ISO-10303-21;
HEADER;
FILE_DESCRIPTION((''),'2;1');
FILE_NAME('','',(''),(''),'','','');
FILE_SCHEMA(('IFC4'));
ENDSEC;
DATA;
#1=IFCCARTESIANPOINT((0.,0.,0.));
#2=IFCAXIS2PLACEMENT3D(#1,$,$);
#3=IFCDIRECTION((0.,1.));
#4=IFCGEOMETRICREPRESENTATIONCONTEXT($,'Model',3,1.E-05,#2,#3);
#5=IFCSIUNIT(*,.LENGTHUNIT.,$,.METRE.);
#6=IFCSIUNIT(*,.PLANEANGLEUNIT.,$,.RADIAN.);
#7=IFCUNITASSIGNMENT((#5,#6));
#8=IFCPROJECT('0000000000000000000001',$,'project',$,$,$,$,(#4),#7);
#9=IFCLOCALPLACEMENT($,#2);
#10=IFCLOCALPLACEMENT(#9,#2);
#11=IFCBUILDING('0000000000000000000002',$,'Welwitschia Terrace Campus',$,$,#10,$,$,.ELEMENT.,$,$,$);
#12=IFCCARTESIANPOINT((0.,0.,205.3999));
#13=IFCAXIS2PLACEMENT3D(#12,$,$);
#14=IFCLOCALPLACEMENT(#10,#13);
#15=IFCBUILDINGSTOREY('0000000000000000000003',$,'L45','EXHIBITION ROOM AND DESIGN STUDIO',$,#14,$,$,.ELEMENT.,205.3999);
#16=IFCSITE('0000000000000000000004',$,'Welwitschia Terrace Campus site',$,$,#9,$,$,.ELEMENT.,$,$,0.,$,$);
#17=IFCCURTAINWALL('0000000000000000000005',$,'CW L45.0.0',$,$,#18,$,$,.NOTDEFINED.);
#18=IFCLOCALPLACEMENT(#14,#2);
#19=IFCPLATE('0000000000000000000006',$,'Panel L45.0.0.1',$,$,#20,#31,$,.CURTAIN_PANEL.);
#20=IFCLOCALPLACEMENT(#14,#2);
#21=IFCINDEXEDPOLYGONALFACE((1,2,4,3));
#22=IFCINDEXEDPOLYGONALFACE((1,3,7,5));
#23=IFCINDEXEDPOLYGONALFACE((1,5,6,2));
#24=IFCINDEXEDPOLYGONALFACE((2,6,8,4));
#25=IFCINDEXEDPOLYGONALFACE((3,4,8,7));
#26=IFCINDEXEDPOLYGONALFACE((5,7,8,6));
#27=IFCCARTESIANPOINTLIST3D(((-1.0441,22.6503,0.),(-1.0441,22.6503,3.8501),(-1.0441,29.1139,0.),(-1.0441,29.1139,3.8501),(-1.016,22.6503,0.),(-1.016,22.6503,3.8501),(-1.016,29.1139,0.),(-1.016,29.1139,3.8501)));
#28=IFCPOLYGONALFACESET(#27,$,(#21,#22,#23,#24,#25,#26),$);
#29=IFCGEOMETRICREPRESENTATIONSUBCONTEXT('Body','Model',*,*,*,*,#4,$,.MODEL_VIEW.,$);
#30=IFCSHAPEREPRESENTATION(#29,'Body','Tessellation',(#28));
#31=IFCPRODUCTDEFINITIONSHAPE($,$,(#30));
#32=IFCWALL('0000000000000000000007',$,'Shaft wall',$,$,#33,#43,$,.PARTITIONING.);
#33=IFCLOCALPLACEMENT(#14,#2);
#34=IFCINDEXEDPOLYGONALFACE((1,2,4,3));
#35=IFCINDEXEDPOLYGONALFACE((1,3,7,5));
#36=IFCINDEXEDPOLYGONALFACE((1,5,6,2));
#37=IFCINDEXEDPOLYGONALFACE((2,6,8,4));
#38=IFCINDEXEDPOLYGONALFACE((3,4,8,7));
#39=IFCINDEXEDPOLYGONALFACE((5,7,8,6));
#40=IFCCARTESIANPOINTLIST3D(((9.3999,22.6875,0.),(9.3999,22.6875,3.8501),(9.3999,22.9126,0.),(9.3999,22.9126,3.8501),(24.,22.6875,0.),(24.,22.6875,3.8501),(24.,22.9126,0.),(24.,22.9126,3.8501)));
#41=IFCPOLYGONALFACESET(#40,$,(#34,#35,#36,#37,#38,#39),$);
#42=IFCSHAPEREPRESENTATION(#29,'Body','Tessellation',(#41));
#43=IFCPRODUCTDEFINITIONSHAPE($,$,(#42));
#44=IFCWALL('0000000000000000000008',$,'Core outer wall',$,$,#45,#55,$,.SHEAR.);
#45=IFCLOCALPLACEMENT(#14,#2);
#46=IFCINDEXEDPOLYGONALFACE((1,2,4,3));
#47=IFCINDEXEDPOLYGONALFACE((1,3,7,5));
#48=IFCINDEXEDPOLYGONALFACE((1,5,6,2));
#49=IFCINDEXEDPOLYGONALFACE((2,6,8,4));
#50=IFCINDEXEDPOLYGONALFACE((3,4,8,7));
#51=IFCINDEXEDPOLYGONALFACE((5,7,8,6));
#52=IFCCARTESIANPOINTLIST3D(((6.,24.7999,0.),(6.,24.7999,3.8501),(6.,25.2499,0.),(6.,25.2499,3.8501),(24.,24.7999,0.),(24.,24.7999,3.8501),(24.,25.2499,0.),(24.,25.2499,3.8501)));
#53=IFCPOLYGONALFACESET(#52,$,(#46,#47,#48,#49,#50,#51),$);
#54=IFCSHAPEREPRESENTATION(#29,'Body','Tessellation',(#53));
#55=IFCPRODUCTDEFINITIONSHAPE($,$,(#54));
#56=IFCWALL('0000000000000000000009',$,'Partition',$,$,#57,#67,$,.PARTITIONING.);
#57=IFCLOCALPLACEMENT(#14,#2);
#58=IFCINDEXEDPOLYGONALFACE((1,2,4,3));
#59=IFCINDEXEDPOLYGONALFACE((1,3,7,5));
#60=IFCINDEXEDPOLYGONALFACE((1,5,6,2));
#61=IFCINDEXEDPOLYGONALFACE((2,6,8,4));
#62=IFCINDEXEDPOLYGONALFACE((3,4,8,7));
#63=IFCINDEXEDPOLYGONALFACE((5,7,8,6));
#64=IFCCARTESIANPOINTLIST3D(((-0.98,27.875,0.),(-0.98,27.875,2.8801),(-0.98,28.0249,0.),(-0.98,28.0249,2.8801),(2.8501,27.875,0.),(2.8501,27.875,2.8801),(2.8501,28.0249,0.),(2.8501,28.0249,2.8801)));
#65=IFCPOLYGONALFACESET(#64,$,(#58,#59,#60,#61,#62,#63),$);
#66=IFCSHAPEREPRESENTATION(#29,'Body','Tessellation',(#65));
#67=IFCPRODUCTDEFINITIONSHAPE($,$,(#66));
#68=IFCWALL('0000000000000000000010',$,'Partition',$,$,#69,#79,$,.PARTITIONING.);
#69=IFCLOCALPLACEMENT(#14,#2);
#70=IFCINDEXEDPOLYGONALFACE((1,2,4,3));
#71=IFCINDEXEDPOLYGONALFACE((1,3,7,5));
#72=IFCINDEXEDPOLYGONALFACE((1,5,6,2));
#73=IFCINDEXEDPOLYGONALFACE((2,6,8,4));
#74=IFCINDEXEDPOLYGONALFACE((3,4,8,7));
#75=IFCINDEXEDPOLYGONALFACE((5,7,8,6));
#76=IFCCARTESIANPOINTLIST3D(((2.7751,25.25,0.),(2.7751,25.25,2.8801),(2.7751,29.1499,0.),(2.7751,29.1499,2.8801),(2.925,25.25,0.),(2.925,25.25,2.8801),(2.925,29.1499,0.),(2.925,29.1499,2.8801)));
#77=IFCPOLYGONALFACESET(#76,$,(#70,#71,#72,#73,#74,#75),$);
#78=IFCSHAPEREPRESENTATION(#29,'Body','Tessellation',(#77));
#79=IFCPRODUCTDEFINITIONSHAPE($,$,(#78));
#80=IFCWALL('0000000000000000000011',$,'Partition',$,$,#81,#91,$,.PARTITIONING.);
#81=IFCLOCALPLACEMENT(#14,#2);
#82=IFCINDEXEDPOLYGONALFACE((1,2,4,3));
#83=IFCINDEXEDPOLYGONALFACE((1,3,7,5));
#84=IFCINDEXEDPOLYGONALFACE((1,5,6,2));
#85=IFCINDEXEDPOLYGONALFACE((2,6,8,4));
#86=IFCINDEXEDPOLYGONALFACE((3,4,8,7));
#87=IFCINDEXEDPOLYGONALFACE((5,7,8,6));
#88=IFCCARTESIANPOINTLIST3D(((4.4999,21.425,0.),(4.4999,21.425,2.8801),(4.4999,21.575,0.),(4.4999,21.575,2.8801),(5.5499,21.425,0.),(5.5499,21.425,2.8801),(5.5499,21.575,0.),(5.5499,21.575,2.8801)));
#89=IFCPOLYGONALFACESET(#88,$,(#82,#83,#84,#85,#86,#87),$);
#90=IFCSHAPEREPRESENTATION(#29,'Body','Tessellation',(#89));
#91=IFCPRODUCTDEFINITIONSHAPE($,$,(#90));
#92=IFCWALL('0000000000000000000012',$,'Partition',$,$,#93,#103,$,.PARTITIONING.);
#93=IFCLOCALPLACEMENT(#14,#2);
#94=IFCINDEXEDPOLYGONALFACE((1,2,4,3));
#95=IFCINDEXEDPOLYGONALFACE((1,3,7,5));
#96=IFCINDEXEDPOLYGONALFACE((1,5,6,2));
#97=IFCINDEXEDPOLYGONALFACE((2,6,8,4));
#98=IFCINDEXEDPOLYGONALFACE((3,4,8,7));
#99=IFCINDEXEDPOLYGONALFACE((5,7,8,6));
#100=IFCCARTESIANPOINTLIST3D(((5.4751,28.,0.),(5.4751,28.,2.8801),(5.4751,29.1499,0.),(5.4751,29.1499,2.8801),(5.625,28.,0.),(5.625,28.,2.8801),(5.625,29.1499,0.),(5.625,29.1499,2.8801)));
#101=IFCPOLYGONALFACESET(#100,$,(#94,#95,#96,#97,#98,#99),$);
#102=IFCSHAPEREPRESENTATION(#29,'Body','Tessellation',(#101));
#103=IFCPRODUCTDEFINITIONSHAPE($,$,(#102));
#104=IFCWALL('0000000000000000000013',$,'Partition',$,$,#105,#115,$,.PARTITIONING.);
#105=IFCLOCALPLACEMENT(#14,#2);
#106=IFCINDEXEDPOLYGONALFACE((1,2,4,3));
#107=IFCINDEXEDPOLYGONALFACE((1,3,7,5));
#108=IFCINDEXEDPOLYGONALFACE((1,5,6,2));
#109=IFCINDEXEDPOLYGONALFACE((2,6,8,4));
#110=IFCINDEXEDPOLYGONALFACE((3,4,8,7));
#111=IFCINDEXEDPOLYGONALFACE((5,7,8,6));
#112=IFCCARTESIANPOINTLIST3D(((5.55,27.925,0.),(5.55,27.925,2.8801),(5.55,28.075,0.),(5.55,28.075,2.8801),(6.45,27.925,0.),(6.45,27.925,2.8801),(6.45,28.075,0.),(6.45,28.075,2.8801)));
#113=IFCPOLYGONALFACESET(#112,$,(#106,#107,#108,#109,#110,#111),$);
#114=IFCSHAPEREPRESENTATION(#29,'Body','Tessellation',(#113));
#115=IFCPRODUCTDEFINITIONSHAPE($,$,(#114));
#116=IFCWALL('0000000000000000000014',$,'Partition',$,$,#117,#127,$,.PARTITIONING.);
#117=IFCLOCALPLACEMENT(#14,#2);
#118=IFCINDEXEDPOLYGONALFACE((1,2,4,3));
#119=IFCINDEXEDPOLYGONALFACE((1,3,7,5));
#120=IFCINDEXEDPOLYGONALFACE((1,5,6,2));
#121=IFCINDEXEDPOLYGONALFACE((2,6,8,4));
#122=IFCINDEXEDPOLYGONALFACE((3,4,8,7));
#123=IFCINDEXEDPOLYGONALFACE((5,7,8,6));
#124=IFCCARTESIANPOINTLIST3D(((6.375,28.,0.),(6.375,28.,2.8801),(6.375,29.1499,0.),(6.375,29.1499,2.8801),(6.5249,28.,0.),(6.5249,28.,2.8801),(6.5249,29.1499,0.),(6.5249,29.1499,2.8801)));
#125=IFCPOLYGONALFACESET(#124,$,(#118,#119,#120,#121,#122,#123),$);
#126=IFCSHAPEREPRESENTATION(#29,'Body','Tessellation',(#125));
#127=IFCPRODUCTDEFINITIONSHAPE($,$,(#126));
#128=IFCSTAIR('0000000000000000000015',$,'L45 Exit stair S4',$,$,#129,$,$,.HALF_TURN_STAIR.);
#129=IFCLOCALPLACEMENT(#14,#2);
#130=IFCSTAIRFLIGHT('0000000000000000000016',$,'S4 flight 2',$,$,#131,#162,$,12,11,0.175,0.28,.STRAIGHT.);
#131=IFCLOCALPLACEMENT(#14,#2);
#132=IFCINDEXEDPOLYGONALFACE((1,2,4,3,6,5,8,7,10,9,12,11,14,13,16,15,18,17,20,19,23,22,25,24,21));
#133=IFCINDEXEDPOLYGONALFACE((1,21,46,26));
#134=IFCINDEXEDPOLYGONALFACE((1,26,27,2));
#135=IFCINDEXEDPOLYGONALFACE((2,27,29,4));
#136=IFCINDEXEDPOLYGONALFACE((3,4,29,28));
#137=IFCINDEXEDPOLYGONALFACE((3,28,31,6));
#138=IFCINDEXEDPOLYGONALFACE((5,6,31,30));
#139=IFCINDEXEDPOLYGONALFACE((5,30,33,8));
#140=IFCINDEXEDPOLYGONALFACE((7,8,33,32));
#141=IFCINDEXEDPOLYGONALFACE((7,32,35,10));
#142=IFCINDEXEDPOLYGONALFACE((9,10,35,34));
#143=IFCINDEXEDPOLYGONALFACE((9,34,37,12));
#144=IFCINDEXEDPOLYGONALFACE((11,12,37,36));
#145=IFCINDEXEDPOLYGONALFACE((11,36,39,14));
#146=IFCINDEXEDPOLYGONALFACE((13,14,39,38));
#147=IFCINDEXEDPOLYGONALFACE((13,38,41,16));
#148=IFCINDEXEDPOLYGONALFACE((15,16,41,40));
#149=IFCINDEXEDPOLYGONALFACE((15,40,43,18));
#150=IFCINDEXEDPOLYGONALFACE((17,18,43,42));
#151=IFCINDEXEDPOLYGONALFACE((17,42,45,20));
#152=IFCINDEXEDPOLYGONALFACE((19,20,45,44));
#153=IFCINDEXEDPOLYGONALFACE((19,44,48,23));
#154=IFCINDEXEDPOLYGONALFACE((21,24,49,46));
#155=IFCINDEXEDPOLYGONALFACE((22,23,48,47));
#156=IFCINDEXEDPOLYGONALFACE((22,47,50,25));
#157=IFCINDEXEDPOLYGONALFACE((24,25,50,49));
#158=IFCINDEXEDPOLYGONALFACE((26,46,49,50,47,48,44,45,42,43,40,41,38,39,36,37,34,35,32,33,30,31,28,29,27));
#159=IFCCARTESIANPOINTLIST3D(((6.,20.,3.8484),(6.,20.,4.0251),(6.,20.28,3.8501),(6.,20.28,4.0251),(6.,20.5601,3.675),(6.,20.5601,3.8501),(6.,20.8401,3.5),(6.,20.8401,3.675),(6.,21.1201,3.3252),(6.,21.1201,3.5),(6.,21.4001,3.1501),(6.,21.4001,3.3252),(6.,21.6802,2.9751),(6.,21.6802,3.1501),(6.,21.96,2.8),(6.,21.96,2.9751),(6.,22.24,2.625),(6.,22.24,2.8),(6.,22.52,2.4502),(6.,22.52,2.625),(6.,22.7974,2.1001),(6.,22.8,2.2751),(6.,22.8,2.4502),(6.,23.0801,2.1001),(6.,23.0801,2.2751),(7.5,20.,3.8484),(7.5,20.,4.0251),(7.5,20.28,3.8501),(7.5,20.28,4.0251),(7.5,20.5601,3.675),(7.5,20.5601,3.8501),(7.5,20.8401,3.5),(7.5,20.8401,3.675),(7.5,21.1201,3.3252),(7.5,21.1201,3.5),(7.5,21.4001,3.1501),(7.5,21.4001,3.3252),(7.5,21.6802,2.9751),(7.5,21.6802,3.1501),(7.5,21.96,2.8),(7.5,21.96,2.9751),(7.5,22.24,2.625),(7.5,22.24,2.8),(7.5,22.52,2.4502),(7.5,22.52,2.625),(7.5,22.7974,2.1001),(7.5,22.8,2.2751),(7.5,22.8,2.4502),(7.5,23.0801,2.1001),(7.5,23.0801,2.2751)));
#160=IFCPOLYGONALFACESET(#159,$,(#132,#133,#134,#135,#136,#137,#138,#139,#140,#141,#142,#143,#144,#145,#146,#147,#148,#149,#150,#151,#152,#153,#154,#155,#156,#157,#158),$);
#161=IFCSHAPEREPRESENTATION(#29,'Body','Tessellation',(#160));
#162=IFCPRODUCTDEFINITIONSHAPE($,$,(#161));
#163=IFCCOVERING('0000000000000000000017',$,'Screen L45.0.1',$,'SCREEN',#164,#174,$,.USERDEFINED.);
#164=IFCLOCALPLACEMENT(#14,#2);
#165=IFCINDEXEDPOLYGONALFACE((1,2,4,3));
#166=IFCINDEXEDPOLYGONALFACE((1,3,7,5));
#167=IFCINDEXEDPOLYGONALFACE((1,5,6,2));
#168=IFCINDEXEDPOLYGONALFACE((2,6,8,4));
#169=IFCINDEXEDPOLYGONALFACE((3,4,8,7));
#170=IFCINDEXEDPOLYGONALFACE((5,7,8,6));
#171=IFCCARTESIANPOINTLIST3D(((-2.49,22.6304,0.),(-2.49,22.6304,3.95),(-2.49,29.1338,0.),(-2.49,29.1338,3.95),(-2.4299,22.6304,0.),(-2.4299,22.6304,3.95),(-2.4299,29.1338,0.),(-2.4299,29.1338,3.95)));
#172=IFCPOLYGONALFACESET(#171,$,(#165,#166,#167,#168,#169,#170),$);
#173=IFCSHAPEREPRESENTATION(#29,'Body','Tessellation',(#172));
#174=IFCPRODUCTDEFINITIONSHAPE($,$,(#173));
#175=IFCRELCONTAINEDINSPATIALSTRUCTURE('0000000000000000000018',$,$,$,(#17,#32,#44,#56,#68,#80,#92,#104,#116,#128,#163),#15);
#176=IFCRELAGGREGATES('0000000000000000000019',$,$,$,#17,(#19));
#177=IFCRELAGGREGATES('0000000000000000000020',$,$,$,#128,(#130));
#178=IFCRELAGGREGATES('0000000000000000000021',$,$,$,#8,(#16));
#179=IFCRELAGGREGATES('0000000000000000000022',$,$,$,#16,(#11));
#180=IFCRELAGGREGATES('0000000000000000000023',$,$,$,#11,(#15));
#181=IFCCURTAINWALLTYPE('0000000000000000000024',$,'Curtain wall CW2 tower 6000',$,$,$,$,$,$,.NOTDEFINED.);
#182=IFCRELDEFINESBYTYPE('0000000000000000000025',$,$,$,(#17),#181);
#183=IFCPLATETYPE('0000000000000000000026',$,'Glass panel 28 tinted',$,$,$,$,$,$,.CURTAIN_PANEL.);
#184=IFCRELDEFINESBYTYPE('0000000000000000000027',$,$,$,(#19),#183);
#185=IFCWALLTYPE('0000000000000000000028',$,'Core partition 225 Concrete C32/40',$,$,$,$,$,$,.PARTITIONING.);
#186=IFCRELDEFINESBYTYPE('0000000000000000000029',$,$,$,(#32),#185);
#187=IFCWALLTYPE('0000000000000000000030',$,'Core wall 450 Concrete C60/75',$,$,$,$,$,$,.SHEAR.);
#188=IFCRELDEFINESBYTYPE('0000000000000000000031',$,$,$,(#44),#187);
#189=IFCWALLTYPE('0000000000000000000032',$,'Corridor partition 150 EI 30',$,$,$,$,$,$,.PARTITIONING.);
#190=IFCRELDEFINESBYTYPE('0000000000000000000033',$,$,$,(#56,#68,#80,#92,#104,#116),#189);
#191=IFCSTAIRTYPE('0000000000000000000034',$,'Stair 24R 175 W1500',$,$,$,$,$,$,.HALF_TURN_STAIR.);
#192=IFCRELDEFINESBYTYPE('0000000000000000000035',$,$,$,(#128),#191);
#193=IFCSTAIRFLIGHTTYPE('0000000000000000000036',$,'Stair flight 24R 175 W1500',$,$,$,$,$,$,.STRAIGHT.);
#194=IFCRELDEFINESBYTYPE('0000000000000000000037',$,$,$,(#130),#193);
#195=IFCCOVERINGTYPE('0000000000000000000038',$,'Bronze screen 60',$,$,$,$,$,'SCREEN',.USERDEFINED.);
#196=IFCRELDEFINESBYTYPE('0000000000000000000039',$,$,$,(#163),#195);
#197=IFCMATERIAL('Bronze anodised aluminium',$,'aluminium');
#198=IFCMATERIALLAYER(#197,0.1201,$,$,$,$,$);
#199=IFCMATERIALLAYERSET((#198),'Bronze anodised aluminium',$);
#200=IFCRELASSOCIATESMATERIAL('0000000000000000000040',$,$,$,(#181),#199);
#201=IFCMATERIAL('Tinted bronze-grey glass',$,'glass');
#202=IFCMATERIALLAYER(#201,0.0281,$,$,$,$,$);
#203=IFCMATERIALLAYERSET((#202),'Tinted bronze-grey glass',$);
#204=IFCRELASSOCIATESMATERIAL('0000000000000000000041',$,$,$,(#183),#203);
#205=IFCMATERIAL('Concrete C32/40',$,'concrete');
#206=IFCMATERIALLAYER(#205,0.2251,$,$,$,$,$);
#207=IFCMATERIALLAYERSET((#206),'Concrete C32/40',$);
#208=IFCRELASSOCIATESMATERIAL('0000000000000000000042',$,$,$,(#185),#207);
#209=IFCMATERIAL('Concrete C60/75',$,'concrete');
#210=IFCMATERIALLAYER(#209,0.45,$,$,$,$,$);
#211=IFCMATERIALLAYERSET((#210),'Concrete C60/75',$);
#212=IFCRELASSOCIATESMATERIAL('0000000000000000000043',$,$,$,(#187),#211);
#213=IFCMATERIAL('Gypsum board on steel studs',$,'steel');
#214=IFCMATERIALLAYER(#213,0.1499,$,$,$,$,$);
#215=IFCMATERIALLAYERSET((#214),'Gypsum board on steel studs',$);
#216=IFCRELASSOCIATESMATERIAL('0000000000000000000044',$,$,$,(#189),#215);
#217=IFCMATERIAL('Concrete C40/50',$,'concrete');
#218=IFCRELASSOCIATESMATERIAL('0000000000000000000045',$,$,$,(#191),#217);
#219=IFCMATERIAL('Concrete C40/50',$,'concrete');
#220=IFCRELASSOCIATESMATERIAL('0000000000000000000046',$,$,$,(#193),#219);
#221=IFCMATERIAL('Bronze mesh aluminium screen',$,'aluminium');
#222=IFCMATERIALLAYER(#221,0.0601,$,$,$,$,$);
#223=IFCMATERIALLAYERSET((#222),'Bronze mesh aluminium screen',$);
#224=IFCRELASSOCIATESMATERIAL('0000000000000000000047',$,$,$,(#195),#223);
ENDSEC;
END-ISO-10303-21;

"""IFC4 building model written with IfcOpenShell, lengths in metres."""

from ifc_helpers import new_model, si_unit, direction, frame, frame_2d, origin, origin_2d, place, context, subcontext, project, spatial, polyline, rectangle, outline, extrude, material, layer, layer_set, type_object, element, aggregate, save


model = new_model("IFC4")

# Units and contexts
model_context = context("Model", 3, precision=1e-05, world=origin(), true_north=direction((0.0, 1.0)))
body_context = subcontext(model_context, "Body", "Model", "MODEL_VIEW")
ifc_project = project(units=[si_unit("LENGTHUNIT", "METRE"), si_unit("PLANEANGLEUNIT", "RADIAN")], contexts=[model_context])

# Site, building, storey
site_placement = place(None, origin())
site = spatial("IfcSite", under=ifc_project, at=site_placement, Name="Welwitschia Terrace Campus site", CompositionType="ELEMENT", RefElevation=0.0)
building_placement = place(site_placement, origin())
building = spatial("IfcBuilding", under=site, at=building_placement, Name="Welwitschia Terrace Campus", CompositionType="ELEMENT")
storey_placement = place(building_placement, frame((0.0, 0.0, 205.3999)))
storey = spatial("IfcBuildingStorey", under=building, at=storey_placement, Name="L45", Description="EXHIBITION ROOM AND DESIGN STUDIO", CompositionType="ELEMENT", Elevation=205.3999)

# Curtain wall
ifc_material_1 = material(Name="Bronze anodised aluminium", Category="aluminium")
ifc_layer_1 = layer(ifc_material_1, 0.1201)
ifc_layer_set_1 = layer_set([ifc_layer_1], Name="Bronze anodised aluminium")
curtain_wall_type = type_object("IfcCurtainWallType", Name="Curtain wall CW2 tower 6000", PredefinedType="NOTDEFINED", material=ifc_layer_set_1)
curtain_wall_placement = place(storey_placement, origin())
curtain_wall = element("IfcCurtainWall", 1, at=curtain_wall_placement, inside=storey, type_object=curtain_wall_type, Name="CW L45.0.0", PredefinedType="NOTDEFINED")

# Plate
ifc_material_2 = material(Name="Tinted bronze-grey glass", Category="glass")
ifc_layer_2 = layer(ifc_material_2, 0.0281)
ifc_layer_set_2 = layer_set([ifc_layer_2], Name="Tinted bronze-grey glass")
plate_type = type_object("IfcPlateType", Name="Glass panel 28 tinted", PredefinedType="CURTAIN_PANEL", material=ifc_layer_set_2)
plate_placement = place(storey_placement, frame((-1.03, 25.8821, 0.0), z_axis=(0.0, 0.0, 1.0), x_axis=(0.0, -1.0, 0.0)))
plate = element("IfcPlate", 2, at=plate_placement, type_object=plate_type, Name="Panel L45.0.0.1", PredefinedType="CURTAIN_PANEL", context=body_context, shape_type="SweptSolid", body=[
    extrude(rectangle(XDim=6.4636, YDim=0.0281, at=origin_2d()), origin(), (0.0, 0.0, 1.0), 3.8501),
])
aggregate(curtain_wall, [plate])

# Walls
ifc_material_3 = material(Name="Concrete C32/40", Category="concrete")
ifc_layer_3 = layer(ifc_material_3, 0.2251)
ifc_layer_set_3 = layer_set([ifc_layer_3], Name="Concrete C32/40")
wall_type_1 = type_object("IfcWallType", Name="Core partition 225 Concrete C32/40", PredefinedType="PARTITIONING", material=ifc_layer_set_3)
wall_1_placement = place(storey_placement, frame((9.3999, 22.8, 0.0), z_axis=(0.0, 0.0, 1.0), x_axis=(1.0, 0.0, 0.0)))
element("IfcWall", 3, at=wall_1_placement, inside=storey, type_object=wall_type_1, Name="Shaft wall", PredefinedType="PARTITIONING", context=body_context, shape_type="SweptSolid", body=[
    extrude(rectangle(XDim=14.6001, YDim=0.2251, at=frame_2d((7.3, 0.0))), origin(), (0.0, 0.0, 1.0), 3.8501),
])
ifc_material_4 = material(Name="Concrete C60/75", Category="concrete")
ifc_layer_4 = layer(ifc_material_4, 0.45)
ifc_layer_set_4 = layer_set([ifc_layer_4], Name="Concrete C60/75")
wall_type_2 = type_object("IfcWallType", Name="Core wall 450 Concrete C60/75", PredefinedType="SHEAR", material=ifc_layer_set_4)
wall_2_placement = place(storey_placement, frame((6.0, 25.0249, 0.0), z_axis=(0.0, 0.0, 1.0), x_axis=(1.0, 0.0, 0.0)))
element("IfcWall", 4, at=wall_2_placement, inside=storey, type_object=wall_type_2, Name="Core outer wall", PredefinedType="SHEAR", context=body_context, shape_type="SweptSolid", body=[
    extrude(rectangle(XDim=18.0, YDim=0.45, at=frame_2d((9.0, 0.0))), origin(), (0.0, 0.0, 1.0), 3.8501),
])
ifc_material_5 = material(Name="Gypsum board on steel studs", Category="steel")
ifc_layer_5 = layer(ifc_material_5, 0.1499)
ifc_layer_set_5 = layer_set([ifc_layer_5], Name="Gypsum board on steel studs")
wall_type_3 = type_object("IfcWallType", Name="Corridor partition 150 EI 30", PredefinedType="PARTITIONING", material=ifc_layer_set_5)
wall_3_placement = place(storey_placement, frame((-0.98, 27.95, 0.0), z_axis=(0.0, 0.0, 1.0), x_axis=(1.0, 0.0, 0.0)))
element("IfcWall", 5, at=wall_3_placement, inside=storey, type_object=wall_type_3, Name="Partition", PredefinedType="PARTITIONING", context=body_context, shape_type="SweptSolid", body=[
    extrude(rectangle(XDim=3.8301, YDim=0.1499, at=frame_2d((1.915, 0.0))), origin(), (0.0, 0.0, 1.0), 2.8801),
])
wall_4_placement = place(storey_placement, frame((2.8501, 25.25, 0.0), z_axis=(0.0, 0.0, 1.0), x_axis=(0.0, 1.0, 0.0)))
element("IfcWall", 6, at=wall_4_placement, inside=storey, type_object=wall_type_3, Name="Partition", PredefinedType="PARTITIONING", context=body_context, shape_type="SweptSolid", body=[
    extrude(rectangle(XDim=3.8999, YDim=0.1499, at=frame_2d((1.95, 0.0))), origin(), (0.0, 0.0, 1.0), 2.8801),
])
wall_5_placement = place(storey_placement, frame((4.5, 21.5, 0.0), z_axis=(0.0, 0.0, 1.0), x_axis=(1.0, 0.0, 0.0)))
element("IfcWall", 7, at=wall_5_placement, inside=storey, type_object=wall_type_3, Name="Partition", PredefinedType="PARTITIONING", context=body_context, shape_type="SweptSolid", body=[
    extrude(rectangle(XDim=1.05, YDim=0.1499, at=frame_2d((0.5249, 0.0))), origin(), (0.0, 0.0, 1.0), 2.8801),
])
wall_6_placement = place(storey_placement, frame((5.55, 28.0, 0.0), z_axis=(0.0, 0.0, 1.0), x_axis=(0.0, 1.0, 0.0)))
element("IfcWall", 8, at=wall_6_placement, inside=storey, type_object=wall_type_3, Name="Partition", PredefinedType="PARTITIONING", context=body_context, shape_type="SweptSolid", body=[
    extrude(rectangle(XDim=1.1499, YDim=0.1499, at=frame_2d((0.575, 0.0))), origin(), (0.0, 0.0, 1.0), 2.8801),
])
wall_7_placement = place(storey_placement, frame((5.55, 28.0, 0.0), z_axis=(0.0, 0.0, 1.0), x_axis=(1.0, 0.0, 0.0)))
element("IfcWall", 9, at=wall_7_placement, inside=storey, type_object=wall_type_3, Name="Partition", PredefinedType="PARTITIONING", context=body_context, shape_type="SweptSolid", body=[
    extrude(rectangle(XDim=0.8999, YDim=0.1499, at=frame_2d((0.45, 0.0))), origin(), (0.0, 0.0, 1.0), 2.8801),
])
wall_8_placement = place(storey_placement, frame((6.45, 28.0, 0.0), z_axis=(0.0, 0.0, 1.0), x_axis=(0.0, 1.0, 0.0)))
element("IfcWall", 10, at=wall_8_placement, inside=storey, type_object=wall_type_3, Name="Partition", PredefinedType="PARTITIONING", context=body_context, shape_type="SweptSolid", body=[
    extrude(rectangle(XDim=1.1499, YDim=0.1499, at=frame_2d((0.575, 0.0))), origin(), (0.0, 0.0, 1.0), 2.8801),
])

# Stair, stair flight
ifc_material_6 = material(Name="Concrete C40/50", Category="concrete")
stair_type = type_object("IfcStairType", Name="Stair 24R 175 W1500", PredefinedType="HALF_TURN_STAIR", material=ifc_material_6)
stair_placement = place(storey_placement, origin())
stair = element("IfcStair", 11, at=stair_placement, inside=storey, type_object=stair_type, Name="L45 Exit stair S4", PredefinedType="HALF_TURN_STAIR")
ifc_material_7 = material(Name="Concrete C40/50", Category="concrete")
stair_flight_type = type_object("IfcStairFlightType", Name="Stair flight 24R 175 W1500", PredefinedType="STRAIGHT", material=ifc_material_7)
stair_flight_placement = place(storey_placement, frame((6.75, 23.0801, 2.1001), z_axis=(0.0, 0.0, 1.0), x_axis=(0.0, -1.0, 0.0)))
stair_flight = element("IfcStairFlight", 12, at=stair_flight_placement, type_object=stair_flight_type, Name="S4 flight 2", NumberOfRisers=12, NumberOfTreads=11, PredefinedType="STRAIGHT", RiserHeight=0.175, TreadLength=0.28, context=body_context, shape_type="SweptSolid", body=[
    extrude(outline(polyline([(0.0, 0.0), (0.0, 0.175), (0.28, 0.175), (0.28, 0.3501), (0.5601, 0.3501), (0.5601, 0.5249), (0.8401, 0.5249), (0.8401, 0.7), (1.1201, 0.7), (1.1201, 0.875), (1.3999, 0.875), (1.3999, 1.05), (1.6799, 1.05), (1.6799, 1.2251), (1.96, 1.2251), (1.96, 1.3999), (2.24, 1.3999), (2.24, 1.575), (2.52, 1.575), (2.52, 1.75), (2.8, 1.75), (2.8, 1.925), (3.0801, 1.925), (3.0801, 2.1001), (3.0801, 1.7483), (0.2827, 0.0), (0.0, 0.0)])), frame((0.0, 0.75, 0.0), z_axis=(0.0, -1.0, 0.0), x_axis=(1.0, 0.0, 0.0)), (0.0, 0.0, 1.0), 1.5),
])
aggregate(stair, [stair_flight])

# Covering
ifc_material_8 = material(Name="Bronze mesh aluminium screen", Category="aluminium")
ifc_layer_6 = layer(ifc_material_8, 0.0601)
ifc_layer_set_6 = layer_set([ifc_layer_6], Name="Bronze mesh aluminium screen")
covering_type = type_object("IfcCoveringType", Name="Bronze screen 60", ElementType="SCREEN", PredefinedType="USERDEFINED", material=ifc_layer_set_6)
covering_placement = place(storey_placement, frame((-2.46, 25.8821, 0.0), z_axis=(0.0, 0.0, 1.0), x_axis=(0.0, -1.0, 0.0)))
element("IfcCovering", 13, at=covering_placement, inside=storey, type_object=covering_type, Name="Screen L45.0.1", ObjectType="SCREEN", PredefinedType="USERDEFINED", context=body_context, shape_type="SweptSolid", body=[
    extrude(rectangle(XDim=6.5034, YDim=0.0601, at=origin_2d()), origin(), (0.0, 0.0, 1.0), 3.95),
])

save(model, "model.ifc")
